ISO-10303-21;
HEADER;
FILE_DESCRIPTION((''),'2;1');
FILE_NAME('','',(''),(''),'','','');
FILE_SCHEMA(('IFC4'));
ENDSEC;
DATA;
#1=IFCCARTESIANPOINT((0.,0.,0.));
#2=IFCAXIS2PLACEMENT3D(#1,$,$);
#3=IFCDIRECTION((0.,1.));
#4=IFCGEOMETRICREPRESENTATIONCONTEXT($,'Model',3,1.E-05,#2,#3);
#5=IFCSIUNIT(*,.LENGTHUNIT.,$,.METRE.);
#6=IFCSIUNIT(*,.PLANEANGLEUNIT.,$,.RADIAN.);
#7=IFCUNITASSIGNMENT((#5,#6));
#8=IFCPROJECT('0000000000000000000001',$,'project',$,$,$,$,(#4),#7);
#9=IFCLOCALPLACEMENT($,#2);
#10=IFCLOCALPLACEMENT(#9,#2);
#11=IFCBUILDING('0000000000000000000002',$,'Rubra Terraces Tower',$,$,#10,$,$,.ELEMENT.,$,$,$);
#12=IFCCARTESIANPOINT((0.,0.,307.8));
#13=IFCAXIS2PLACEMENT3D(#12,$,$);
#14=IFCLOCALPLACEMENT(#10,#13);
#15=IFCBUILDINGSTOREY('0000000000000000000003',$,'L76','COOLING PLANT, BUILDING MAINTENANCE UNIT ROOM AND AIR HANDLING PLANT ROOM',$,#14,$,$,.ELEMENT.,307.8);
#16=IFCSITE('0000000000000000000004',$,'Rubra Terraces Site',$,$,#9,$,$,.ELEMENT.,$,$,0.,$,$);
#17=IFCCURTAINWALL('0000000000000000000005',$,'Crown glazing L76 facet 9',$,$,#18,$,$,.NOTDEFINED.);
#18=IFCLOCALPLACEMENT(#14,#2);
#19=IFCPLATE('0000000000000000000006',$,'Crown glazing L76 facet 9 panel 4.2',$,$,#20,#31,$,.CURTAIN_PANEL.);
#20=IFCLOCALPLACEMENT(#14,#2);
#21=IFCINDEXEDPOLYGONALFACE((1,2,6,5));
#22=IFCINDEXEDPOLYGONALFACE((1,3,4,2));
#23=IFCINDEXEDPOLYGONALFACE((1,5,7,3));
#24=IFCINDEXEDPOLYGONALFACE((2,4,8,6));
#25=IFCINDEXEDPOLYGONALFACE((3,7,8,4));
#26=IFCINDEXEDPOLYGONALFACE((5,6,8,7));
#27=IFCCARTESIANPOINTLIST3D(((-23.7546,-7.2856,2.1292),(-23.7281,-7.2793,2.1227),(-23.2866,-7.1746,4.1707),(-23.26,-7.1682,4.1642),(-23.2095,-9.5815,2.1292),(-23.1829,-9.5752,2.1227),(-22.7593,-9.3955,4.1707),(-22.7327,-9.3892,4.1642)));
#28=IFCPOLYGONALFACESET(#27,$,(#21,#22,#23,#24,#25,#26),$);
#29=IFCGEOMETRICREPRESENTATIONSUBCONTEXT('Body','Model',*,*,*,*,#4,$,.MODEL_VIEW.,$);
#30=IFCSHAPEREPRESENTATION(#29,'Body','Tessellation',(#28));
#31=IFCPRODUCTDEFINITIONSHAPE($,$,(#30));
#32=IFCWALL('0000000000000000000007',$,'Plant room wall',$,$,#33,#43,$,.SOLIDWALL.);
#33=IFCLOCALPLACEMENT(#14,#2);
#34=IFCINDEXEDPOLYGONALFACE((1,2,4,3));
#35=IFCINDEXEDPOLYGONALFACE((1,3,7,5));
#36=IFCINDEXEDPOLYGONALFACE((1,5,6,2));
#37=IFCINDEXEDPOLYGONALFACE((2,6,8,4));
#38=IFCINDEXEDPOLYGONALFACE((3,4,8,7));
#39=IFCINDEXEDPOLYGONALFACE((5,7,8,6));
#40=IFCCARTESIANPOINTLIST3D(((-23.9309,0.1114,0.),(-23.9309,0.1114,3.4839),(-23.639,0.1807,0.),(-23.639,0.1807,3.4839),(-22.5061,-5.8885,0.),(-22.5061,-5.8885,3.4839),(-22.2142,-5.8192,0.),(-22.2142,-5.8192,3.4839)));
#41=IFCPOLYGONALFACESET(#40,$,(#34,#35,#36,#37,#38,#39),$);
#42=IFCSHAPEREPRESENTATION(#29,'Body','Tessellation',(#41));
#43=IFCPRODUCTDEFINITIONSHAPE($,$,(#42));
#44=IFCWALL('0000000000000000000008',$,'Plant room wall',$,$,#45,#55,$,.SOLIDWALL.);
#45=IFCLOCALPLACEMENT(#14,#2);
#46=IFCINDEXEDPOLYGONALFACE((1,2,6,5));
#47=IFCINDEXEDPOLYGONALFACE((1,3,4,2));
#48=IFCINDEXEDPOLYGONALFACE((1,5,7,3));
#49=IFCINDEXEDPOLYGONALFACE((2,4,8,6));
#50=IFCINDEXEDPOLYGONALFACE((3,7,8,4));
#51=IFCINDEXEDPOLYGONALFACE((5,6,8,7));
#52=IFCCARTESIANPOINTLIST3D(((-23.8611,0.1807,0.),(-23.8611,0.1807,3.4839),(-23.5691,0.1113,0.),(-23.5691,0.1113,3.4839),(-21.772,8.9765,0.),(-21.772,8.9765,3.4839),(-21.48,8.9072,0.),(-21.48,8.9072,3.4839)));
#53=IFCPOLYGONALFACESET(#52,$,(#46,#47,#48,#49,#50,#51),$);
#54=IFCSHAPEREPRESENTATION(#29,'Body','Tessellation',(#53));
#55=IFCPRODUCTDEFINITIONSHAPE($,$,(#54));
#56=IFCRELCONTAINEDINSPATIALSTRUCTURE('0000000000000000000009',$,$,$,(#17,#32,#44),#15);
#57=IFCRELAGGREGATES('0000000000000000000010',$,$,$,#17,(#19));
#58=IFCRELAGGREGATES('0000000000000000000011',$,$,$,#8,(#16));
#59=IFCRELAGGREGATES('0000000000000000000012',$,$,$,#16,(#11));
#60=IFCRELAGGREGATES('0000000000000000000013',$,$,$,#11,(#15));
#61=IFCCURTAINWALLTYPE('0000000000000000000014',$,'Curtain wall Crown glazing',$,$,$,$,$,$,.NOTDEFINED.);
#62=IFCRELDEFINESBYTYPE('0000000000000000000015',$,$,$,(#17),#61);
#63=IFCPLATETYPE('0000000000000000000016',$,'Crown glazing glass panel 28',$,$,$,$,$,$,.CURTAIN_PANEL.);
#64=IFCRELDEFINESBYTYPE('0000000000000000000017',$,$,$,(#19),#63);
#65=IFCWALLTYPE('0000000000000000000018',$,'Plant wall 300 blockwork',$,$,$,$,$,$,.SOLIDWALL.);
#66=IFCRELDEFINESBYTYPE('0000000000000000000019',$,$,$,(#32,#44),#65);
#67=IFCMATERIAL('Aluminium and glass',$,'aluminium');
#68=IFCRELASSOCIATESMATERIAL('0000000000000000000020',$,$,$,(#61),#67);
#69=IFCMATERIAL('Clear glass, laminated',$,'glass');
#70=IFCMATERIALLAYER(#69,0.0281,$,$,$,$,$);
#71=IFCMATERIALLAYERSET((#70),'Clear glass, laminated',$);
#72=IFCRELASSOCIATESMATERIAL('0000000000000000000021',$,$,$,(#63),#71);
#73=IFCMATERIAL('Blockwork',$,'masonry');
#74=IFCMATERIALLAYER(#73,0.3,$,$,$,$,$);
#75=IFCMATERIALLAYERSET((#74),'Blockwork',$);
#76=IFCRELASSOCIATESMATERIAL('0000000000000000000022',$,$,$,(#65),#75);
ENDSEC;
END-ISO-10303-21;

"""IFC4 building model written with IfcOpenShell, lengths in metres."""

from ifc_helpers import new_model, si_unit, direction, frame, frame_2d, origin, place, context, subcontext, project, spatial, polyline, rectangle, outline, extrude, material, layer, layer_set, type_object, element, aggregate, save


model = new_model("IFC4")

# Units and contexts
model_context = context("Model", 3, precision=1e-05, world=origin(), true_north=direction((0.0, 1.0)))
body_context = subcontext(model_context, "Body", "Model", "MODEL_VIEW")
ifc_project = project(units=[si_unit("LENGTHUNIT", "METRE"), si_unit("PLANEANGLEUNIT", "RADIAN")], contexts=[model_context])

# Site, building, storey
site_placement = place(None, origin())
site = spatial("IfcSite", under=ifc_project, at=site_placement, Name="Rubra Terraces Site", CompositionType="ELEMENT", RefElevation=0.0)
building_placement = place(site_placement, origin())
building = spatial("IfcBuilding", under=site, at=building_placement, Name="Rubra Terraces Tower", CompositionType="ELEMENT")
storey_placement = place(building_placement, frame((0.0, 0.0, 307.8)))
storey = spatial("IfcBuildingStorey", under=building, at=storey_placement, Name="L76", Description="COOLING PLANT, BUILDING MAINTENANCE UNIT ROOM AND AIR HANDLING PLANT ROOM", CompositionType="ELEMENT", Elevation=307.8)

# Curtain wall
ifc_material_1 = material(Name="Aluminium and glass", Category="aluminium")
curtain_wall_type = type_object("IfcCurtainWallType", Name="Curtain wall Crown glazing", PredefinedType="NOTDEFINED", material=ifc_material_1)
curtain_wall_placement = place(storey_placement, origin())
curtain_wall = element("IfcCurtainWall", 1, at=curtain_wall_placement, inside=storey, type_object=curtain_wall_type, Name="Crown glazing L76 facet 9", PredefinedType="NOTDEFINED")

# Plate
ifc_material_2 = material(Name="Clear glass, laminated", Category="glass")
ifc_layer_1 = layer(ifc_material_2, 0.0281)
ifc_layer_set_1 = layer_set([ifc_layer_1], Name="Clear glass, laminated")
plate_type = type_object("IfcPlateType", Name="Crown glazing glass panel 28", PredefinedType="CURTAIN_PANEL", material=ifc_layer_set_1)
plate_1_placement = place(storey_placement, frame((-23.7546, -7.2856, 2.1292), z_axis=(-0.947017, -0.224866, 0.229335), x_axis=(0.231024, -0.972948, 0.000001)))
plate_1 = element("IfcPlate", 2, at=plate_1_placement, type_object=plate_type, Name="Crown glazing L76 facet 9 panel 4.2", PredefinedType="CURTAIN_PANEL", context=body_context, shape_type="SweptSolid", body=[
    extrude(outline(polyline([(0.0, 0.0), (2.3597, 0.0), (2.2827, 2.0974), (0.0, 2.0974), (0.0, 0.0)])), origin(), (0.0, 0.0, -1.0), 0.0281),
])
aggregate(curtain_wall, [plate_1])

# Walls
ifc_material_3 = material(Name="Blockwork", Category="masonry")
ifc_layer_2 = layer(ifc_material_3, 0.3)
ifc_layer_set_2 = layer_set([ifc_layer_2], Name="Blockwork")
wall_type = type_object("IfcWallType", Name="Plant wall 300 blockwork", PredefinedType="SOLIDWALL", material=ifc_layer_set_2)
wall_1_placement = place(storey_placement, frame((-22.3601, -5.854, 0.0), z_axis=(0.0, 0.0, 1.0), x_axis=(-0.231042, 0.972944, 0.0)))
element("IfcWall", 3, at=wall_1_placement, inside=storey, type_object=wall_type, Name="Plant room wall", PredefinedType="SOLIDWALL", context=body_context, shape_type="SweptSolid", body=[
    extrude(rectangle(XDim=6.1667, YDim=0.3, at=frame_2d((3.0835, 0.0))), origin(), (0.0, 0.0, 1.0), 3.4839),
])
wall_2_placement = place(storey_placement, frame((-23.7151, 0.146, 0.0), z_axis=(0.0, 0.0, 1.0), x_axis=(0.231081, 0.972934, 0.0)))
element("IfcWall", 4, at=wall_2_placement, inside=storey, type_object=wall_type, Name="Plant room wall", PredefinedType="SOLIDWALL", context=body_context, shape_type="SweptSolid", body=[
    extrude(rectangle(XDim=9.0405, YDim=0.3, at=frame_2d((4.5203, 0.0))), origin(), (0.0, 0.0, 1.0), 3.4839),
])

save(model, "model.ifc")
